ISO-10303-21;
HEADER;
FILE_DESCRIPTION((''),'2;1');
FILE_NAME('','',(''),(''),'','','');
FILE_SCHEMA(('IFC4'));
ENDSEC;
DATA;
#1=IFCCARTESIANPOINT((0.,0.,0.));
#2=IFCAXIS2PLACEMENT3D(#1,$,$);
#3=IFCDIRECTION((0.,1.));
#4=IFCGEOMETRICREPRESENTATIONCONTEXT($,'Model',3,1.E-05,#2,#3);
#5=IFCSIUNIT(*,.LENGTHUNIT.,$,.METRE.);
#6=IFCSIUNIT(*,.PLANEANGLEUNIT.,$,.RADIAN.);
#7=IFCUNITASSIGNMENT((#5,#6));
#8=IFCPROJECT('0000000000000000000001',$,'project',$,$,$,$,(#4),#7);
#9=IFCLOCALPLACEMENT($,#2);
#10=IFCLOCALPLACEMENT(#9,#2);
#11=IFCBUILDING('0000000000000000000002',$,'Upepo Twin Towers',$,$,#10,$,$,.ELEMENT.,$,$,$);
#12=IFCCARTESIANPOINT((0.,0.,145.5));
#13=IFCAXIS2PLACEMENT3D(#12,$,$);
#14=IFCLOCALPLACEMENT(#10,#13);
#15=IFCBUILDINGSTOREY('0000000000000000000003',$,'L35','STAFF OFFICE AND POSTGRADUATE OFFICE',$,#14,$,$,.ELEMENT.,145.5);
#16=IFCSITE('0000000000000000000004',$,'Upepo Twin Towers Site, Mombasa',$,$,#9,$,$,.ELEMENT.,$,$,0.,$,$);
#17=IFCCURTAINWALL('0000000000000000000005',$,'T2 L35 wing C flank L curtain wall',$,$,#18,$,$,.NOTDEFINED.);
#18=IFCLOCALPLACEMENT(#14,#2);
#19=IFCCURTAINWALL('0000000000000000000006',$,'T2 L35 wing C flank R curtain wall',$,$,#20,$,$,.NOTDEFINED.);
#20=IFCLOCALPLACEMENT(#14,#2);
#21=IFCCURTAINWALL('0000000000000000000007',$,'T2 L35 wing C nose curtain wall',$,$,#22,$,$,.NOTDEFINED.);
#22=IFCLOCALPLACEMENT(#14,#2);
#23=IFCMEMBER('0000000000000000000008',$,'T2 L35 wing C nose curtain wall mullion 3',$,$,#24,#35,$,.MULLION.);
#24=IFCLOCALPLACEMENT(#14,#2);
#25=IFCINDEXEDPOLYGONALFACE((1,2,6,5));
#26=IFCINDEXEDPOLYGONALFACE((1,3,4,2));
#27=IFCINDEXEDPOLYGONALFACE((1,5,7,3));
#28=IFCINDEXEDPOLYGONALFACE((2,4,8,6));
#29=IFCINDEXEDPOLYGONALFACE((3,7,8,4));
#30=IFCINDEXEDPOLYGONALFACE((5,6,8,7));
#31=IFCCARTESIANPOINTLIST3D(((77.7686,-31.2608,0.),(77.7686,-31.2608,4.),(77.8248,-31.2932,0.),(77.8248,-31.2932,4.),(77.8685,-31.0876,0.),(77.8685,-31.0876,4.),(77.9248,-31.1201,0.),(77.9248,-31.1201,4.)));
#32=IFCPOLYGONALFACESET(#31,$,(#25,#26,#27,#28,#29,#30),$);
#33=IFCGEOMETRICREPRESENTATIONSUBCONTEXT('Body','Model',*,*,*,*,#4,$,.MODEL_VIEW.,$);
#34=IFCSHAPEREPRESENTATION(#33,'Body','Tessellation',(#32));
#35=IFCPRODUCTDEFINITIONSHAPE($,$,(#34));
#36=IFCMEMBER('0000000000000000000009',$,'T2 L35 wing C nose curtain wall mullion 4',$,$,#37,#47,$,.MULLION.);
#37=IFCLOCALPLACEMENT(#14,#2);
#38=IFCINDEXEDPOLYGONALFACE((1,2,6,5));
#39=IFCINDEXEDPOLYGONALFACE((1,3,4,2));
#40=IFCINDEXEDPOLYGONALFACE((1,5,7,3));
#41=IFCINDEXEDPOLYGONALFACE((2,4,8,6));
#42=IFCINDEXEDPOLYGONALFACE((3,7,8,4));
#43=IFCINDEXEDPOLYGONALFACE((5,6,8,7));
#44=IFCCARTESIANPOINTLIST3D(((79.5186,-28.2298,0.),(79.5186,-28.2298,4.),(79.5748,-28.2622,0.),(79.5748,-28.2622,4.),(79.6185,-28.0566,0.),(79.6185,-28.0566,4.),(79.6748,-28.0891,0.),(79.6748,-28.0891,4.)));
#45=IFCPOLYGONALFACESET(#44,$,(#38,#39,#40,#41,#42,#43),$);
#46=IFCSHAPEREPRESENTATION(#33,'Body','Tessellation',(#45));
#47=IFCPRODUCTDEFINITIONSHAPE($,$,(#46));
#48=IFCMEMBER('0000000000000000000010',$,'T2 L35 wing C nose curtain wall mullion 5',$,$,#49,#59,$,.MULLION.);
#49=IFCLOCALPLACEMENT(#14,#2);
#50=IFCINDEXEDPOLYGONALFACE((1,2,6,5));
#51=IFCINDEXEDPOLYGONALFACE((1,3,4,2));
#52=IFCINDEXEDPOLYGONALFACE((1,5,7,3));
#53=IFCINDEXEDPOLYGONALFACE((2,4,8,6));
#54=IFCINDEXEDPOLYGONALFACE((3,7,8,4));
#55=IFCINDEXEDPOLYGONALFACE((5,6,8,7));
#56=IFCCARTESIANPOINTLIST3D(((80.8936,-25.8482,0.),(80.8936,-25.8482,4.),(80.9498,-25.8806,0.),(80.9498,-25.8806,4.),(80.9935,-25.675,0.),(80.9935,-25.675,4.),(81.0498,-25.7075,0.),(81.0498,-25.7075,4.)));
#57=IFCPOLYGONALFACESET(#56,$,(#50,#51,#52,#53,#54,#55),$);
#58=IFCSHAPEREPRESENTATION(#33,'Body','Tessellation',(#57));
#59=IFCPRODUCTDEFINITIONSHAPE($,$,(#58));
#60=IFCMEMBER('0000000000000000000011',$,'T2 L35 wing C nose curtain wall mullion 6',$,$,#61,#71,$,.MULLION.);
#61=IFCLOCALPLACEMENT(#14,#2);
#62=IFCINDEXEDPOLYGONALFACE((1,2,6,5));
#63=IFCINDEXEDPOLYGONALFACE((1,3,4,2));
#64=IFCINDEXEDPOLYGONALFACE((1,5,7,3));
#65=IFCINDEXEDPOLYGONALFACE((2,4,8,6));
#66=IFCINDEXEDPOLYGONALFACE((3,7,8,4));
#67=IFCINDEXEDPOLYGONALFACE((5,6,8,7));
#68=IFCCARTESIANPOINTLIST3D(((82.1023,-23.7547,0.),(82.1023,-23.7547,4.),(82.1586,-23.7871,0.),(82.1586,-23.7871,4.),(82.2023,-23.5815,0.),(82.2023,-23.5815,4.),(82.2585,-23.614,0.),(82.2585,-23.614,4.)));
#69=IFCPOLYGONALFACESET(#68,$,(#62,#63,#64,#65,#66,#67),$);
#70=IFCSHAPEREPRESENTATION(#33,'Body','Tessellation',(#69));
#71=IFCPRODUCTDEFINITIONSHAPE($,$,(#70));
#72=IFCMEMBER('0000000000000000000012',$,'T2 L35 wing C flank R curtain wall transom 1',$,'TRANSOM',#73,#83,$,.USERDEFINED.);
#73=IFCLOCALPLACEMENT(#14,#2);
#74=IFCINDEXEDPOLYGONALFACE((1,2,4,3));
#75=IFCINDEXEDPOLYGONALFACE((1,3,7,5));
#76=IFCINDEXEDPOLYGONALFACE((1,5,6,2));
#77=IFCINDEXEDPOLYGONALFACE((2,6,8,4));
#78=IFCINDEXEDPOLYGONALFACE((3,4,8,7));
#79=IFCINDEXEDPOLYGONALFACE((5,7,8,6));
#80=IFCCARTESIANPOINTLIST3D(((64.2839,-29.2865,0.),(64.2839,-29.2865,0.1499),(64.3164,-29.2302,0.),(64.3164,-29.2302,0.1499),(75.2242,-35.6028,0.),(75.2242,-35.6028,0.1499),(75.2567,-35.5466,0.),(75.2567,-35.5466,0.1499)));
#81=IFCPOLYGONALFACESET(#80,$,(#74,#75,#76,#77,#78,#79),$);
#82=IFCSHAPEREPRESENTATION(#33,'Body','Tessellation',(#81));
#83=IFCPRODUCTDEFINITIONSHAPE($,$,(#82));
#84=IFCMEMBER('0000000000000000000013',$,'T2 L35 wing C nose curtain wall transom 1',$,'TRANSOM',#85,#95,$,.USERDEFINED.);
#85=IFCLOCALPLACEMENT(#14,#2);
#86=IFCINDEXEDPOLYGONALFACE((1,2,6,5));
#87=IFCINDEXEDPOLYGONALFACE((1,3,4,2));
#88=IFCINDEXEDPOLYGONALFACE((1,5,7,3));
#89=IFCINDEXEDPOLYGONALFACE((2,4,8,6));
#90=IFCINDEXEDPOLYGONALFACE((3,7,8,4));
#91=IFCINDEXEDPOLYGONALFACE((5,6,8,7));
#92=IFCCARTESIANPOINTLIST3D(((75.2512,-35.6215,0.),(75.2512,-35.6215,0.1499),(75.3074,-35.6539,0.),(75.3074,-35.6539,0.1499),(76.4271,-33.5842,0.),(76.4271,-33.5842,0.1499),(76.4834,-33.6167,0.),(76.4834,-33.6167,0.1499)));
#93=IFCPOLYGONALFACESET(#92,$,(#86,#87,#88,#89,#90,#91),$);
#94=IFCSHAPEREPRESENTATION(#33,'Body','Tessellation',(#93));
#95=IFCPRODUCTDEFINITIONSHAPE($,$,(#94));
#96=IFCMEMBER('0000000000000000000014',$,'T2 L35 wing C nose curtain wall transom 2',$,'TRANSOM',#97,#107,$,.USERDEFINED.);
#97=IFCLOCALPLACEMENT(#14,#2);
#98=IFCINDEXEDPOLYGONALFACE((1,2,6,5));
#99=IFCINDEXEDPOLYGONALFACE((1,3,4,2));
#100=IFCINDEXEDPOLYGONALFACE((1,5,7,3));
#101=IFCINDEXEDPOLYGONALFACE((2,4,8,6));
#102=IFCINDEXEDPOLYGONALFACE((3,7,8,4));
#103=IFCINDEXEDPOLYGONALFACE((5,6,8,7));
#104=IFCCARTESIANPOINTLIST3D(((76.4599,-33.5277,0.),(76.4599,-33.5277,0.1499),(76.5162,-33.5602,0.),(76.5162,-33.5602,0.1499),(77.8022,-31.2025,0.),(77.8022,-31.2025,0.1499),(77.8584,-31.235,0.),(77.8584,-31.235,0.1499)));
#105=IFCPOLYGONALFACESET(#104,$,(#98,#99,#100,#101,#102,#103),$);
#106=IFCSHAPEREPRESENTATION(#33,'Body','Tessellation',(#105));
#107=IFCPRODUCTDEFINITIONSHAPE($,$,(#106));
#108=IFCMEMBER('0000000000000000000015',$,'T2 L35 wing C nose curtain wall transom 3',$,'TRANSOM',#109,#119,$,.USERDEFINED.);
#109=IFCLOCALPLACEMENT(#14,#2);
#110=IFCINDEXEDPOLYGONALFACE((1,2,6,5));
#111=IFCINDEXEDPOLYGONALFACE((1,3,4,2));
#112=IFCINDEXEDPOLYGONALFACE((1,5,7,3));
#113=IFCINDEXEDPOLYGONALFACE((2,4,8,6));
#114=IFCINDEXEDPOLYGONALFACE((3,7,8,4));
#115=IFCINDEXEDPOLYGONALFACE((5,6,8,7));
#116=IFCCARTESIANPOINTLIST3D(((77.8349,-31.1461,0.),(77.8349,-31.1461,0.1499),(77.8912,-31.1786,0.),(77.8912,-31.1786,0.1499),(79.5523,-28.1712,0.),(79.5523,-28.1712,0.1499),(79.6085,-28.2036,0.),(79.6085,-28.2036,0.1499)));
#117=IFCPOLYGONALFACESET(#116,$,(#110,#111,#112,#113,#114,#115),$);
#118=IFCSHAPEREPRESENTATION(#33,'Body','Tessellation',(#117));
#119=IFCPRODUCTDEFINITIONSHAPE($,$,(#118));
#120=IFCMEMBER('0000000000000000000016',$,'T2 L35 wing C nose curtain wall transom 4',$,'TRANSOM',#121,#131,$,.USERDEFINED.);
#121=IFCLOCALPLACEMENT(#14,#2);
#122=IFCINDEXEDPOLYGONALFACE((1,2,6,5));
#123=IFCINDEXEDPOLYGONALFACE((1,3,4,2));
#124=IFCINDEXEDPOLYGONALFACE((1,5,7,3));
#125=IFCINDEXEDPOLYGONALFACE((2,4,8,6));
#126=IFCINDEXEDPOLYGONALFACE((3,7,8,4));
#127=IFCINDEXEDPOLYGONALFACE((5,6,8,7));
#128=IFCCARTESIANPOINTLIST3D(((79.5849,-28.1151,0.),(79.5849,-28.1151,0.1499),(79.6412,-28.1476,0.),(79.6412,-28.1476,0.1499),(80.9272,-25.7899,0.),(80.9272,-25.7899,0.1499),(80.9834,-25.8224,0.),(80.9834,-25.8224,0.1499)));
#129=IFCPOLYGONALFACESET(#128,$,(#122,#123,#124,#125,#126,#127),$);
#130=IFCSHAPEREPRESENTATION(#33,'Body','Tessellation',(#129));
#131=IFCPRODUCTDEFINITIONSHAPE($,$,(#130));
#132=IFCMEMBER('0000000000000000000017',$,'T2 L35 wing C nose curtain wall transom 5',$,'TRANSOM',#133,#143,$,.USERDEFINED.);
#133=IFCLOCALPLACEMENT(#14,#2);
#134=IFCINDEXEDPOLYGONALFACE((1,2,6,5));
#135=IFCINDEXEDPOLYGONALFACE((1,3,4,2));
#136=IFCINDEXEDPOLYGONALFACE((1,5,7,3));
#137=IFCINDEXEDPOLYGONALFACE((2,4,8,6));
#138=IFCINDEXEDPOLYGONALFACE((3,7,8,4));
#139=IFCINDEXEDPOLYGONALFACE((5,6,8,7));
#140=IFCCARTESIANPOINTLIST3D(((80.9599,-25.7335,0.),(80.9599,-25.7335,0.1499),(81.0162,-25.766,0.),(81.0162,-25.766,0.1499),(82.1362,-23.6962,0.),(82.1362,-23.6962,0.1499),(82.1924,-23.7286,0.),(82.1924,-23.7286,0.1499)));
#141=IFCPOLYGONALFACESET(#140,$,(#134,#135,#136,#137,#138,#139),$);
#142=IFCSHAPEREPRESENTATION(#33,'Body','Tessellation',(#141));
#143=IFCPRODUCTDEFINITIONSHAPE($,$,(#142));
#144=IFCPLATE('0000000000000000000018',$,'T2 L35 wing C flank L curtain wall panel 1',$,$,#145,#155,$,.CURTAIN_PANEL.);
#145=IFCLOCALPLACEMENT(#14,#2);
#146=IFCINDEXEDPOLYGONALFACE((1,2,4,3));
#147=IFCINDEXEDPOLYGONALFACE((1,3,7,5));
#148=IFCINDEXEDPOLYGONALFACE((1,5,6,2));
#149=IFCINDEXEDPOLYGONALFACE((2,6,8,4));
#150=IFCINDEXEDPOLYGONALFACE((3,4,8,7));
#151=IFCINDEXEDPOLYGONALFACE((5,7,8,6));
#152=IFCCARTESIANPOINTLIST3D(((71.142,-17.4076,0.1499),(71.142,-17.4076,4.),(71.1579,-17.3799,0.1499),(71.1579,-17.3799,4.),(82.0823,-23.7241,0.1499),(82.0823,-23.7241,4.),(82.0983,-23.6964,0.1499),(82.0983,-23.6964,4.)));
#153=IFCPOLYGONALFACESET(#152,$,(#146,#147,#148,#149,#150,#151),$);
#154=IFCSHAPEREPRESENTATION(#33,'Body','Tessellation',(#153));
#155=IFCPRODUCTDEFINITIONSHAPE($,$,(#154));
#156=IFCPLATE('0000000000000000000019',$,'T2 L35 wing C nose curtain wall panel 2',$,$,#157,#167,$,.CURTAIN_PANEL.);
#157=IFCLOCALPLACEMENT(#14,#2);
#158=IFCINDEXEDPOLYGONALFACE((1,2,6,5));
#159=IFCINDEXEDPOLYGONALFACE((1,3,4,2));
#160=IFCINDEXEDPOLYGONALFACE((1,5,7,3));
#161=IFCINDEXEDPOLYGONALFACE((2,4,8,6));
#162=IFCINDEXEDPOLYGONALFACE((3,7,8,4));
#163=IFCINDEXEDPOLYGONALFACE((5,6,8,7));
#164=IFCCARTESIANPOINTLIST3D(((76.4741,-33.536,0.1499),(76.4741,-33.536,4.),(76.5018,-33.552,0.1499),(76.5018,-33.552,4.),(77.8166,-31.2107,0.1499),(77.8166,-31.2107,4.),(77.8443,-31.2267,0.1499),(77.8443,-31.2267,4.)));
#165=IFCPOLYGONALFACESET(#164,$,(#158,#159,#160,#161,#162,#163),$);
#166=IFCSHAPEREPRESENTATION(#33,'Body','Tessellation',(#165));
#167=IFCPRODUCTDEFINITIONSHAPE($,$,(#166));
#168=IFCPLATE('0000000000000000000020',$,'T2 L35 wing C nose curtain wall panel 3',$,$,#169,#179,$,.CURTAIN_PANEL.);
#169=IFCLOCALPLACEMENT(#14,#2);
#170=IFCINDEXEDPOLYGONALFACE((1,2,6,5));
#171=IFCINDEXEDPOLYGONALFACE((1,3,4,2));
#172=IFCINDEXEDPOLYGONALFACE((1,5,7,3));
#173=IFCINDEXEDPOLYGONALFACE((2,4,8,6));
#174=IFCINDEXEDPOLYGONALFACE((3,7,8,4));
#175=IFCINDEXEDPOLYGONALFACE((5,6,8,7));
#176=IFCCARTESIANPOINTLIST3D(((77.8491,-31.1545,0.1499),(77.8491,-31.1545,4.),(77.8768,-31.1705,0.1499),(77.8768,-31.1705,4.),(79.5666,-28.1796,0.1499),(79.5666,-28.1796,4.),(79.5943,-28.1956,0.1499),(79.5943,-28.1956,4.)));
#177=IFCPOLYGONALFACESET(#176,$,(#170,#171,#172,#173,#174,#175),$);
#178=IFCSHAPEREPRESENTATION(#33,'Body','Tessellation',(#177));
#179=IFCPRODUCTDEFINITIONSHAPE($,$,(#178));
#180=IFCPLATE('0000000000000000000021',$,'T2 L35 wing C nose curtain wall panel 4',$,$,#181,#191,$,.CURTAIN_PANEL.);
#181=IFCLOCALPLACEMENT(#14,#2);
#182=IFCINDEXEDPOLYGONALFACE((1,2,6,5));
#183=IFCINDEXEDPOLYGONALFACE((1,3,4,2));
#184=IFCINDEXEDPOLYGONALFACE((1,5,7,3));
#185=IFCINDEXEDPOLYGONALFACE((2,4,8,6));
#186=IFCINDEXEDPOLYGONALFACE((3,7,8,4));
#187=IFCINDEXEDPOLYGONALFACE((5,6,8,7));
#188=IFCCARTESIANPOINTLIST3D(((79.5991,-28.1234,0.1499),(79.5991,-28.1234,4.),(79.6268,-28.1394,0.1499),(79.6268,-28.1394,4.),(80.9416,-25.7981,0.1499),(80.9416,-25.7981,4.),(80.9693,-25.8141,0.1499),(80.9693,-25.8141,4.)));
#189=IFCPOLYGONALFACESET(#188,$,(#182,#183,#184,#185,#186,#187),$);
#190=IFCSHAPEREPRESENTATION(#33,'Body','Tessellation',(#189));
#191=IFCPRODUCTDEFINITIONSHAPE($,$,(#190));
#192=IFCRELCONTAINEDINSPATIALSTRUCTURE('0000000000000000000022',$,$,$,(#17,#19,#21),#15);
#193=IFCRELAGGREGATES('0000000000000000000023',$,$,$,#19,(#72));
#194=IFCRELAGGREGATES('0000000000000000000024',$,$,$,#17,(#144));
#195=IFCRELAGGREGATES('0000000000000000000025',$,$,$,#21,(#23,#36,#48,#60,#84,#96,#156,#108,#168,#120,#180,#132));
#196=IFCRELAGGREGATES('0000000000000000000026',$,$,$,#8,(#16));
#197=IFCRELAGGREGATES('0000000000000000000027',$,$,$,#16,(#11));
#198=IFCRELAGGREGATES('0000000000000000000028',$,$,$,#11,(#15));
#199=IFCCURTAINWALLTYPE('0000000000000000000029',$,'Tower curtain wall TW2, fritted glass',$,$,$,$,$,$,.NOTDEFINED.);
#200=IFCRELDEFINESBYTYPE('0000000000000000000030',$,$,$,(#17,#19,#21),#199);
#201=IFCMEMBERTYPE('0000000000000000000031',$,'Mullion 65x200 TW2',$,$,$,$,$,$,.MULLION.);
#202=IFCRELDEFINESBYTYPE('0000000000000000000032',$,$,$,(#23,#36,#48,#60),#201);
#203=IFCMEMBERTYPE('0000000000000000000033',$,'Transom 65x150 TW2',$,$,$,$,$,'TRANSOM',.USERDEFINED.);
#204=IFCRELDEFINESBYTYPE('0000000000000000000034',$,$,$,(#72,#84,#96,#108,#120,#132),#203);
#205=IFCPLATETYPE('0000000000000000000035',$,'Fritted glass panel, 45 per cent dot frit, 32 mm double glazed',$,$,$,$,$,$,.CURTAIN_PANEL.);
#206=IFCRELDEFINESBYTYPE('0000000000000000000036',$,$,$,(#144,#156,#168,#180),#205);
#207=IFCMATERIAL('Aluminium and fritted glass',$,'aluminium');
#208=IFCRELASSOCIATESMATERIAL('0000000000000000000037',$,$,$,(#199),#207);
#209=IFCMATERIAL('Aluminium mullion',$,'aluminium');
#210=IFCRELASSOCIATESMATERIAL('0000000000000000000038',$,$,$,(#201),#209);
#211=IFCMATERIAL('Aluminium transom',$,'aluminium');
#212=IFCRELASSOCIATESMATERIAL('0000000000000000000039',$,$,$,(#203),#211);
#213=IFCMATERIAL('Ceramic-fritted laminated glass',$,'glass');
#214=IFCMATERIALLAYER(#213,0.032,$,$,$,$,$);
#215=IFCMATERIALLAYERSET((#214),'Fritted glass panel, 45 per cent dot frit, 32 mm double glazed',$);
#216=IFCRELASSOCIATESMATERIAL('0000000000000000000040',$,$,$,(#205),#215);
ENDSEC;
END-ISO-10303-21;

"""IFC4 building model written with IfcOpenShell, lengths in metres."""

from ifc_helpers import new_model, si_unit, direction, frame, origin, origin_2d, place, context, subcontext, project, spatial, rectangle, extrude, material, layer, layer_set, material_profile, profile_set, type_object, element, aggregate, save


model = new_model("IFC4")

# Units and contexts
model_context = context("Model", 3, precision=1e-05, world=origin(), true_north=direction((0.0, 1.0)))
body_context = subcontext(model_context, "Body", "Model", "MODEL_VIEW")
ifc_project = project(units=[si_unit("LENGTHUNIT", "METRE"), si_unit("PLANEANGLEUNIT", "RADIAN")], contexts=[model_context])

# Site, building, storey
site_placement = place(None, origin())
site = spatial("IfcSite", under=ifc_project, at=site_placement, Name="Upepo Twin Towers Site, Mombasa", CompositionType="ELEMENT", RefElevation=0.0)
building_placement = place(site_placement, origin())
building = spatial("IfcBuilding", under=site, at=building_placement, Name="Upepo Twin Towers", CompositionType="ELEMENT")
storey_placement = place(building_placement, frame((0.0, 0.0, 145.5)))
storey = spatial("IfcBuildingStorey", under=building, at=storey_placement, Name="L35", Description="STAFF OFFICE AND POSTGRADUATE OFFICE", CompositionType="ELEMENT", Elevation=145.5)

# Curtain walls
ifc_material_1 = material(Name="Aluminium and fritted glass", Category="aluminium")
curtain_wall_type = type_object("IfcCurtainWallType", Name="Tower curtain wall TW2, fritted glass", PredefinedType="NOTDEFINED", material=ifc_material_1)
curtain_wall_1_placement = place(storey_placement, origin())
curtain_wall_1 = element("IfcCurtainWall", 1, at=curtain_wall_1_placement, inside=storey, type_object=curtain_wall_type, Name="T2 L35 wing C flank L curtain wall", PredefinedType="NOTDEFINED")
ifc_material_2 = material(Name="Aluminium mullion", Category="aluminium")
ifc_material_profile_1 = material_profile(ifc_material_2, rectangle(XDim=0.0649, YDim=0.2, at=origin_2d()), Name="MULLION 65x200")
ifc_profile_set_1 = profile_set([ifc_material_profile_1], Name="Aluminium mullion")
member_type_1 = type_object("IfcMemberType", Name="Mullion 65x200 TW2", PredefinedType="MULLION", material=ifc_profile_set_1)
curtain_wall_2_placement = place(storey_placement, origin())
curtain_wall_2 = element("IfcCurtainWall", 2, at=curtain_wall_2_placement, inside=storey, type_object=curtain_wall_type, Name="T2 L35 wing C flank R curtain wall", PredefinedType="NOTDEFINED")

# Curtain wall, members
curtain_wall_3_placement = place(storey_placement, origin())
curtain_wall_3 = element("IfcCurtainWall", 3, at=curtain_wall_3_placement, inside=storey, type_object=curtain_wall_type, Name="T2 L35 wing C nose curtain wall", PredefinedType="NOTDEFINED")
member_1_placement = place(storey_placement, frame((77.8467, -31.1904, 0.0), z_axis=(0.0, 0.0, 1.0), x_axis=(-0.866025, 0.5, 0.0)))
member_1 = element("IfcMember", 4, at=member_1_placement, type_object=member_type_1, Name="T2 L35 wing C nose curtain wall mullion 3", PredefinedType="MULLION", context=body_context, shape_type="SweptSolid", body=[
    extrude(rectangle(XDim=0.0649, YDim=0.2, at=origin_2d()), origin(), (0.0, 0.0, 1.0), 4.0),
])
member_2_placement = place(storey_placement, frame((79.5967, -28.1594, 0.0), z_axis=(0.0, 0.0, 1.0), x_axis=(-0.866025, 0.5, 0.0)))
member_2 = element("IfcMember", 5, at=member_2_placement, type_object=member_type_1, Name="T2 L35 wing C nose curtain wall mullion 4", PredefinedType="MULLION", context=body_context, shape_type="SweptSolid", body=[
    extrude(rectangle(XDim=0.0649, YDim=0.2, at=origin_2d()), origin(), (0.0, 0.0, 1.0), 4.0),
])
member_3_placement = place(storey_placement, frame((80.9717, -25.7778, 0.0), z_axis=(0.0, 0.0, 1.0), x_axis=(-0.866025, 0.5, 0.0)))
member_3 = element("IfcMember", 6, at=member_3_placement, type_object=member_type_1, Name="T2 L35 wing C nose curtain wall mullion 5", PredefinedType="MULLION", context=body_context, shape_type="SweptSolid", body=[
    extrude(rectangle(XDim=0.0649, YDim=0.2, at=origin_2d()), origin(), (0.0, 0.0, 1.0), 4.0),
])
member_4_placement = place(storey_placement, frame((82.1804, -23.6843, 0.0), z_axis=(0.0, 0.0, 1.0), x_axis=(-0.866025, 0.5, 0.0)))
member_4 = element("IfcMember", 7, at=member_4_placement, type_object=member_type_1, Name="T2 L35 wing C nose curtain wall mullion 6", PredefinedType="MULLION", context=body_context, shape_type="SweptSolid", body=[
    extrude(rectangle(XDim=0.0649, YDim=0.2, at=origin_2d()), origin(), (0.0, 0.0, 1.0), 4.0),
])

# Members
ifc_material_3 = material(Name="Aluminium transom", Category="aluminium")
ifc_material_profile_2 = material_profile(ifc_material_3, rectangle(XDim=0.0649, YDim=0.1499, at=origin_2d()), Name="TRANSOM 65x150")
ifc_profile_set_2 = profile_set([ifc_material_profile_2], Name="Aluminium transom")
member_type_2 = type_object("IfcMemberType", Name="Transom 65x150 TW2", ElementType="TRANSOM", PredefinedType="USERDEFINED", material=ifc_profile_set_2)
member_5_placement = place(storey_placement, frame((75.2405, -35.5747, 0.075), z_axis=(-0.866027, 0.499997, 0.0), x_axis=(-0.499997, -0.866027, 0.0)))
member_5 = element("IfcMember", 8, at=member_5_placement, type_object=member_type_2, Name="T2 L35 wing C flank R curtain wall transom 1", ObjectType="TRANSOM", PredefinedType="USERDEFINED", context=body_context, shape_type="SweptSolid", body=[
    extrude(rectangle(XDim=0.0649, YDim=0.1499, at=origin_2d()), origin(), (0.0, 0.0, 1.0), 12.6328),
])
aggregate(curtain_wall_2, [member_5])
member_6_placement = place(storey_placement, frame((75.2793, -35.6377, 0.075), z_axis=(0.499923, 0.86607, 0.0), x_axis=(-0.86607, 0.499923, 0.0)))
member_6 = element("IfcMember", 9, at=member_6_placement, type_object=member_type_2, Name="T2 L35 wing C nose curtain wall transom 1", ObjectType="TRANSOM", PredefinedType="USERDEFINED", context=body_context, shape_type="SweptSolid", body=[
    extrude(rectangle(XDim=0.0649, YDim=0.1499, at=origin_2d()), origin(), (0.0, 0.0, 1.0), 2.3523),
])
member_7_placement = place(storey_placement, frame((76.488, -33.5439, 0.075), z_axis=(0.499953, 0.866052, 0.0), x_axis=(-0.866052, 0.499953, 0.0)))
member_7 = element("IfcMember", 10, at=member_7_placement, type_object=member_type_2, Name="T2 L35 wing C nose curtain wall transom 2", ObjectType="TRANSOM", PredefinedType="USERDEFINED", context=body_context, shape_type="SweptSolid", body=[
    extrude(rectangle(XDim=0.0649, YDim=0.1499, at=origin_2d()), origin(), (0.0, 0.0, 1.0), 2.6848),
])
member_8_placement = place(storey_placement, frame((77.863, -31.1624, 0.075), z_axis=(0.499946, 0.866057, 0.0), x_axis=(-0.866057, 0.499946, 0.0)))
member_8 = element("IfcMember", 11, at=member_8_placement, type_object=member_type_2, Name="T2 L35 wing C nose curtain wall transom 3", ObjectType="TRANSOM", PredefinedType="USERDEFINED", context=body_context, shape_type="SweptSolid", body=[
    extrude(rectangle(XDim=0.0649, YDim=0.1499, at=origin_2d()), origin(), (0.0, 0.0, 1.0), 3.4351),
])
member_9_placement = place(storey_placement, frame((79.613, -28.1313, 0.075), z_axis=(0.499953, 0.866052, 0.0), x_axis=(-0.866052, 0.499953, 0.0)))
member_9 = element("IfcMember", 12, at=member_9_placement, type_object=member_type_2, Name="T2 L35 wing C nose curtain wall transom 4", ObjectType="TRANSOM", PredefinedType="USERDEFINED", context=body_context, shape_type="SweptSolid", body=[
    extrude(rectangle(XDim=0.0649, YDim=0.1499, at=origin_2d()), origin(), (0.0, 0.0, 1.0), 2.6848),
])
member_10_placement = place(storey_placement, frame((80.988, -25.7498, 0.075), z_axis=(0.500001, 0.866025, 0.0), x_axis=(-0.866025, 0.500001, 0.0)))
member_10 = element("IfcMember", 13, at=member_10_placement, type_object=member_type_2, Name="T2 L35 wing C nose curtain wall transom 5", ObjectType="TRANSOM", PredefinedType="USERDEFINED", context=body_context, shape_type="SweptSolid", body=[
    extrude(rectangle(XDim=0.0649, YDim=0.1499, at=origin_2d()), origin(), (0.0, 0.0, 1.0), 2.3525),
])

# Plates
ifc_material_4 = material(Name="Ceramic-fritted laminated glass", Category="glass")
ifc_layer_1 = layer(ifc_material_4, 0.032)
ifc_layer_set_1 = layer_set([ifc_layer_1], Name="Fritted glass panel, 45 per cent dot frit, 32 mm double glazed")
plate_type_1 = type_object("IfcPlateType", Name="Fritted glass panel, 45 per cent dot frit, 32 mm double glazed", PredefinedType="CURTAIN_PANEL", material=ifc_layer_set_1)
plate_1_placement = place(storey_placement, frame((76.6201, -20.552, 0.1499), z_axis=(0.0, 0.0, 1.0), x_axis=(0.866025, -0.5, 0.0)))
plate_1 = element("IfcPlate", 14, at=plate_1_placement, type_object=plate_type_1, Name="T2 L35 wing C flank L curtain wall panel 1", PredefinedType="CURTAIN_PANEL", context=body_context, shape_type="SweptSolid", body=[
    extrude(rectangle(XDim=12.6328, YDim=0.032, at=origin_2d()), origin(), (0.0, 0.0, 1.0), 3.8501),
])
aggregate(curtain_wall_1, [plate_1])
plate_2_placement = place(storey_placement, frame((77.1592, -32.3813, 0.1499), z_axis=(0.0, 0.0, 1.0), x_axis=(0.5, 0.866025, 0.0)))
plate_2 = element("IfcPlate", 15, at=plate_2_placement, type_object=plate_type_1, Name="T2 L35 wing C nose curtain wall panel 2", PredefinedType="CURTAIN_PANEL", context=body_context, shape_type="SweptSolid", body=[
    extrude(rectangle(XDim=2.6851, YDim=0.032, at=origin_2d()), origin(), (0.0, 0.0, 1.0), 3.8501),
])
plate_3_placement = place(storey_placement, frame((78.7217, -29.675, 0.1499), z_axis=(0.0, 0.0, 1.0), x_axis=(0.5, 0.866025, 0.0)))
plate_3 = element("IfcPlate", 16, at=plate_3_placement, type_object=plate_type_1, Name="T2 L35 wing C nose curtain wall panel 3", PredefinedType="CURTAIN_PANEL", context=body_context, shape_type="SweptSolid", body=[
    extrude(rectangle(XDim=3.4351, YDim=0.032, at=origin_2d()), origin(), (0.0, 0.0, 1.0), 3.8501),
])
plate_4_placement = place(storey_placement, frame((80.2842, -26.9688, 0.1499), z_axis=(0.0, 0.0, 1.0), x_axis=(0.5, 0.866025, 0.0)))
plate_4 = element("IfcPlate", 17, at=plate_4_placement, type_object=plate_type_1, Name="T2 L35 wing C nose curtain wall panel 4", PredefinedType="CURTAIN_PANEL", context=body_context, shape_type="SweptSolid", body=[
    extrude(rectangle(XDim=2.6851, YDim=0.032, at=origin_2d()), origin(), (0.0, 0.0, 1.0), 3.8501),
])
aggregate(curtain_wall_3, [member_1, member_2, member_3, member_4, member_6, member_7, plate_2, member_8, plate_3, member_9, plate_4, member_10])

save(model, "model.ifc")
